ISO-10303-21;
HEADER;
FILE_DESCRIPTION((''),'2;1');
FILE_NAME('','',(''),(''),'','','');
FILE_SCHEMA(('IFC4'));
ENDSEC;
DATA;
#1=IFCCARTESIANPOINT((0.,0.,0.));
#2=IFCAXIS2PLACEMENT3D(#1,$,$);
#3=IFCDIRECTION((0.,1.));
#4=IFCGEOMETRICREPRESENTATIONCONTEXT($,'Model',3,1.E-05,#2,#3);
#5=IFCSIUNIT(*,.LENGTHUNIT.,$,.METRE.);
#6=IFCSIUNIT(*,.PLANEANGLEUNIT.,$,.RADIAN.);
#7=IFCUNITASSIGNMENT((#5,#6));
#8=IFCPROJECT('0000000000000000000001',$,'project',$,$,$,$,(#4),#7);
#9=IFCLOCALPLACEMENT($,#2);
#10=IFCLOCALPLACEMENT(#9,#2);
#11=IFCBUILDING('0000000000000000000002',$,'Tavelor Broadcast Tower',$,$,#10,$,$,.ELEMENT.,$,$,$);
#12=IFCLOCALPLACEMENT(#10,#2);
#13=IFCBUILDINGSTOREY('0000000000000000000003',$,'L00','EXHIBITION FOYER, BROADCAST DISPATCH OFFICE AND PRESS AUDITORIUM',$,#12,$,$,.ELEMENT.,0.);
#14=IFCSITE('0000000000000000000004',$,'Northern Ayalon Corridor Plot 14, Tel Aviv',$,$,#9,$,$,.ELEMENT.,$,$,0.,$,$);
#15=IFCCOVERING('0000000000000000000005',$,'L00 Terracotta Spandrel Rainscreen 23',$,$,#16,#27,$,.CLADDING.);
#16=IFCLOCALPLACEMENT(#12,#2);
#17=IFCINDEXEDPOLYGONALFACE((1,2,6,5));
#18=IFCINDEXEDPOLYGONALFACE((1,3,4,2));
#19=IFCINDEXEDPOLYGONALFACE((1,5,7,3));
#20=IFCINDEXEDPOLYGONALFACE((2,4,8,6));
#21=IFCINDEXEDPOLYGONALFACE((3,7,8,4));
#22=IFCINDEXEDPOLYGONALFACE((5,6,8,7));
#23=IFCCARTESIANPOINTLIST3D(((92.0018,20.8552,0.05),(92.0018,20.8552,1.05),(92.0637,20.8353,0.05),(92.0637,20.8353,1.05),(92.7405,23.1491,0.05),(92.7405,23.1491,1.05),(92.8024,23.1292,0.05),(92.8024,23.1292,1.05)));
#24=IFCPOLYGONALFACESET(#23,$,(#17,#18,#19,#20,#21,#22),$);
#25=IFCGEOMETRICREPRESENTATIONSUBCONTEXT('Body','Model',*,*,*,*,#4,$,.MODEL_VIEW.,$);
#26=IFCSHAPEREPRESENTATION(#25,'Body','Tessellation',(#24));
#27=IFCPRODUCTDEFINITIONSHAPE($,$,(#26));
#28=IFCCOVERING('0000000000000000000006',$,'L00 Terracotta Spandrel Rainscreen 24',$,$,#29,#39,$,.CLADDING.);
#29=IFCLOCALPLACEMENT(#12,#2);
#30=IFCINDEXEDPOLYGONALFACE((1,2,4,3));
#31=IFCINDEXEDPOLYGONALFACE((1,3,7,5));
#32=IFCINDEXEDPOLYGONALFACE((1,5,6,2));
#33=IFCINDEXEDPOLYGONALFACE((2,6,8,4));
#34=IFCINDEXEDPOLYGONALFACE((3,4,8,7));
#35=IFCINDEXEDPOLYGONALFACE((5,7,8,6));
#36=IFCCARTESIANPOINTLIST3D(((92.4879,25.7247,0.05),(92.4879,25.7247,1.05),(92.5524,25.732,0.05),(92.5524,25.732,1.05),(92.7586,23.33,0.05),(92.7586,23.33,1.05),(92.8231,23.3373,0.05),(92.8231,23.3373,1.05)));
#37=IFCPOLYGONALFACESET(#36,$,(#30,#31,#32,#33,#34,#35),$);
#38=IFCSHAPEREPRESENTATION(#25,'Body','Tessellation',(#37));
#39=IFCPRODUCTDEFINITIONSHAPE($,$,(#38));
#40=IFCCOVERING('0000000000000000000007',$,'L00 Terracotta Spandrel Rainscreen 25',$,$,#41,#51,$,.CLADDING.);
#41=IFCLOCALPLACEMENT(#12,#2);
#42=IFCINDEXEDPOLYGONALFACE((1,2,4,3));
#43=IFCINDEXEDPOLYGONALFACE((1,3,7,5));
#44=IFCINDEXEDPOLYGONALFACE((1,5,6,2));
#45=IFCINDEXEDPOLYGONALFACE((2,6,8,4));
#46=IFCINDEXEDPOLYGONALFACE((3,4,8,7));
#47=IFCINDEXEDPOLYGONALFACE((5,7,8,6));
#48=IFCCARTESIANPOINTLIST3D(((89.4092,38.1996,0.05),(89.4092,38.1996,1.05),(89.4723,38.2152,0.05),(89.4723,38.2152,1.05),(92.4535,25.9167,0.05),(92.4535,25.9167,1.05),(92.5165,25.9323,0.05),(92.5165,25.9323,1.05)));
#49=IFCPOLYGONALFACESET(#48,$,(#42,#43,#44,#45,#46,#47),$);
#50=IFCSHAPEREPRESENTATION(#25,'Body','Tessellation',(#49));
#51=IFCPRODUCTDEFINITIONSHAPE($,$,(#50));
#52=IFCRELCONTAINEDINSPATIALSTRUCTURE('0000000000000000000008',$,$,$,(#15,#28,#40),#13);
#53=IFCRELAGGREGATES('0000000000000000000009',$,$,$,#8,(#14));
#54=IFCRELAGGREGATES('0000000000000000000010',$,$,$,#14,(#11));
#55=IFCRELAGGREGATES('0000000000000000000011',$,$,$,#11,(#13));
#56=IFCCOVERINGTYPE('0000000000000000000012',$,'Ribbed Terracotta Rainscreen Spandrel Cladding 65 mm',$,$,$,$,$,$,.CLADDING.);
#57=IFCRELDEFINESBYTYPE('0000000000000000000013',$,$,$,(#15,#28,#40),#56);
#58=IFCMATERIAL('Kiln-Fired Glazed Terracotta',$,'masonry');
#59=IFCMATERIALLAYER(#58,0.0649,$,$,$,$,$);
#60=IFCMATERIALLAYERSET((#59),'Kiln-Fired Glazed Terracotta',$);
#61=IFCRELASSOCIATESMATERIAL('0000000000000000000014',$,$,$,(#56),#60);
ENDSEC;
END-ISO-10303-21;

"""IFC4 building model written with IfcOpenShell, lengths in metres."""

from ifc_helpers import new_model, si_unit, direction, frame, origin, origin_2d, place, context, subcontext, project, spatial, rectangle, extrude, material, layer, layer_set, type_object, element, save


model = new_model("IFC4")

# Units and contexts
model_context = context("Model", 3, precision=1e-05, world=origin(), true_north=direction((0.0, 1.0)))
body_context = subcontext(model_context, "Body", "Model", "MODEL_VIEW")
ifc_project = project(units=[si_unit("LENGTHUNIT", "METRE"), si_unit("PLANEANGLEUNIT", "RADIAN")], contexts=[model_context])

# Site, building, storey
site_placement = place(None, origin())
site = spatial("IfcSite", under=ifc_project, at=site_placement, Name="Northern Ayalon Corridor Plot 14, Tel Aviv", CompositionType="ELEMENT", RefElevation=0.0)
building_placement = place(site_placement, origin())
building = spatial("IfcBuilding", under=site, at=building_placement, Name="Tavelor Broadcast Tower", CompositionType="ELEMENT")
storey_placement = place(building_placement, origin())
storey = spatial("IfcBuildingStorey", under=building, at=storey_placement, Name="L00", Description="EXHIBITION FOYER, BROADCAST DISPATCH OFFICE AND PRESS AUDITORIUM", CompositionType="ELEMENT", Elevation=0.0)

# Coverings
ifc_material_1 = material(Name="Kiln-Fired Glazed Terracotta", Category="masonry")
ifc_layer_1 = layer(ifc_material_1, 0.0649)
ifc_layer_set_1 = layer_set([ifc_layer_1], Name="Kiln-Fired Glazed Terracotta")
covering_type = type_object("IfcCoveringType", Name="Ribbed Terracotta Rainscreen Spandrel Cladding 65 mm", PredefinedType="CLADDING", material=ifc_layer_set_1)
for number, where, z_axis, x_axis, name in (
    (1, (92.4021, 21.9922, 0.05), (0.0, 0.0, 1.0), (0.306526, 0.951862, 0.0), "L00 Terracotta Spandrel Rainscreen 23"),
    (2, (92.6555, 24.531, 0.05), (0.0, 0.0, 1.0), (-0.112336, 0.99367, 0.0), "L00 Terracotta Spandrel Rainscreen 24"),
):
    element("IfcCovering", number, at=place(storey_placement, frame(where, z_axis=z_axis, x_axis=x_axis)), inside=storey, type_object=covering_type, Name=name, PredefinedType="CLADDING", context=body_context, shape_type="SweptSolid", body=[
        extrude(rectangle(XDim=2.4099, YDim=0.0649, at=origin_2d()), origin(), (0.0, 0.0, 1.0), 1.0),
    ])
covering_1_placement = place(storey_placement, frame((90.9629, 32.0659, 0.05), z_axis=(0.0, 0.0, 1.0), x_axis=(-0.240567, 0.970633, 0.0)))
element("IfcCovering", 3, at=covering_1_placement, inside=storey, type_object=covering_type, Name="L00 Terracotta Spandrel Rainscreen 25", PredefinedType="CLADDING", context=body_context, shape_type="SweptSolid", body=[
    extrude(rectangle(XDim=12.6545, YDim=0.0649, at=origin_2d()), origin(), (0.0, 0.0, 1.0), 1.0),
])

save(model, "model.ifc")
